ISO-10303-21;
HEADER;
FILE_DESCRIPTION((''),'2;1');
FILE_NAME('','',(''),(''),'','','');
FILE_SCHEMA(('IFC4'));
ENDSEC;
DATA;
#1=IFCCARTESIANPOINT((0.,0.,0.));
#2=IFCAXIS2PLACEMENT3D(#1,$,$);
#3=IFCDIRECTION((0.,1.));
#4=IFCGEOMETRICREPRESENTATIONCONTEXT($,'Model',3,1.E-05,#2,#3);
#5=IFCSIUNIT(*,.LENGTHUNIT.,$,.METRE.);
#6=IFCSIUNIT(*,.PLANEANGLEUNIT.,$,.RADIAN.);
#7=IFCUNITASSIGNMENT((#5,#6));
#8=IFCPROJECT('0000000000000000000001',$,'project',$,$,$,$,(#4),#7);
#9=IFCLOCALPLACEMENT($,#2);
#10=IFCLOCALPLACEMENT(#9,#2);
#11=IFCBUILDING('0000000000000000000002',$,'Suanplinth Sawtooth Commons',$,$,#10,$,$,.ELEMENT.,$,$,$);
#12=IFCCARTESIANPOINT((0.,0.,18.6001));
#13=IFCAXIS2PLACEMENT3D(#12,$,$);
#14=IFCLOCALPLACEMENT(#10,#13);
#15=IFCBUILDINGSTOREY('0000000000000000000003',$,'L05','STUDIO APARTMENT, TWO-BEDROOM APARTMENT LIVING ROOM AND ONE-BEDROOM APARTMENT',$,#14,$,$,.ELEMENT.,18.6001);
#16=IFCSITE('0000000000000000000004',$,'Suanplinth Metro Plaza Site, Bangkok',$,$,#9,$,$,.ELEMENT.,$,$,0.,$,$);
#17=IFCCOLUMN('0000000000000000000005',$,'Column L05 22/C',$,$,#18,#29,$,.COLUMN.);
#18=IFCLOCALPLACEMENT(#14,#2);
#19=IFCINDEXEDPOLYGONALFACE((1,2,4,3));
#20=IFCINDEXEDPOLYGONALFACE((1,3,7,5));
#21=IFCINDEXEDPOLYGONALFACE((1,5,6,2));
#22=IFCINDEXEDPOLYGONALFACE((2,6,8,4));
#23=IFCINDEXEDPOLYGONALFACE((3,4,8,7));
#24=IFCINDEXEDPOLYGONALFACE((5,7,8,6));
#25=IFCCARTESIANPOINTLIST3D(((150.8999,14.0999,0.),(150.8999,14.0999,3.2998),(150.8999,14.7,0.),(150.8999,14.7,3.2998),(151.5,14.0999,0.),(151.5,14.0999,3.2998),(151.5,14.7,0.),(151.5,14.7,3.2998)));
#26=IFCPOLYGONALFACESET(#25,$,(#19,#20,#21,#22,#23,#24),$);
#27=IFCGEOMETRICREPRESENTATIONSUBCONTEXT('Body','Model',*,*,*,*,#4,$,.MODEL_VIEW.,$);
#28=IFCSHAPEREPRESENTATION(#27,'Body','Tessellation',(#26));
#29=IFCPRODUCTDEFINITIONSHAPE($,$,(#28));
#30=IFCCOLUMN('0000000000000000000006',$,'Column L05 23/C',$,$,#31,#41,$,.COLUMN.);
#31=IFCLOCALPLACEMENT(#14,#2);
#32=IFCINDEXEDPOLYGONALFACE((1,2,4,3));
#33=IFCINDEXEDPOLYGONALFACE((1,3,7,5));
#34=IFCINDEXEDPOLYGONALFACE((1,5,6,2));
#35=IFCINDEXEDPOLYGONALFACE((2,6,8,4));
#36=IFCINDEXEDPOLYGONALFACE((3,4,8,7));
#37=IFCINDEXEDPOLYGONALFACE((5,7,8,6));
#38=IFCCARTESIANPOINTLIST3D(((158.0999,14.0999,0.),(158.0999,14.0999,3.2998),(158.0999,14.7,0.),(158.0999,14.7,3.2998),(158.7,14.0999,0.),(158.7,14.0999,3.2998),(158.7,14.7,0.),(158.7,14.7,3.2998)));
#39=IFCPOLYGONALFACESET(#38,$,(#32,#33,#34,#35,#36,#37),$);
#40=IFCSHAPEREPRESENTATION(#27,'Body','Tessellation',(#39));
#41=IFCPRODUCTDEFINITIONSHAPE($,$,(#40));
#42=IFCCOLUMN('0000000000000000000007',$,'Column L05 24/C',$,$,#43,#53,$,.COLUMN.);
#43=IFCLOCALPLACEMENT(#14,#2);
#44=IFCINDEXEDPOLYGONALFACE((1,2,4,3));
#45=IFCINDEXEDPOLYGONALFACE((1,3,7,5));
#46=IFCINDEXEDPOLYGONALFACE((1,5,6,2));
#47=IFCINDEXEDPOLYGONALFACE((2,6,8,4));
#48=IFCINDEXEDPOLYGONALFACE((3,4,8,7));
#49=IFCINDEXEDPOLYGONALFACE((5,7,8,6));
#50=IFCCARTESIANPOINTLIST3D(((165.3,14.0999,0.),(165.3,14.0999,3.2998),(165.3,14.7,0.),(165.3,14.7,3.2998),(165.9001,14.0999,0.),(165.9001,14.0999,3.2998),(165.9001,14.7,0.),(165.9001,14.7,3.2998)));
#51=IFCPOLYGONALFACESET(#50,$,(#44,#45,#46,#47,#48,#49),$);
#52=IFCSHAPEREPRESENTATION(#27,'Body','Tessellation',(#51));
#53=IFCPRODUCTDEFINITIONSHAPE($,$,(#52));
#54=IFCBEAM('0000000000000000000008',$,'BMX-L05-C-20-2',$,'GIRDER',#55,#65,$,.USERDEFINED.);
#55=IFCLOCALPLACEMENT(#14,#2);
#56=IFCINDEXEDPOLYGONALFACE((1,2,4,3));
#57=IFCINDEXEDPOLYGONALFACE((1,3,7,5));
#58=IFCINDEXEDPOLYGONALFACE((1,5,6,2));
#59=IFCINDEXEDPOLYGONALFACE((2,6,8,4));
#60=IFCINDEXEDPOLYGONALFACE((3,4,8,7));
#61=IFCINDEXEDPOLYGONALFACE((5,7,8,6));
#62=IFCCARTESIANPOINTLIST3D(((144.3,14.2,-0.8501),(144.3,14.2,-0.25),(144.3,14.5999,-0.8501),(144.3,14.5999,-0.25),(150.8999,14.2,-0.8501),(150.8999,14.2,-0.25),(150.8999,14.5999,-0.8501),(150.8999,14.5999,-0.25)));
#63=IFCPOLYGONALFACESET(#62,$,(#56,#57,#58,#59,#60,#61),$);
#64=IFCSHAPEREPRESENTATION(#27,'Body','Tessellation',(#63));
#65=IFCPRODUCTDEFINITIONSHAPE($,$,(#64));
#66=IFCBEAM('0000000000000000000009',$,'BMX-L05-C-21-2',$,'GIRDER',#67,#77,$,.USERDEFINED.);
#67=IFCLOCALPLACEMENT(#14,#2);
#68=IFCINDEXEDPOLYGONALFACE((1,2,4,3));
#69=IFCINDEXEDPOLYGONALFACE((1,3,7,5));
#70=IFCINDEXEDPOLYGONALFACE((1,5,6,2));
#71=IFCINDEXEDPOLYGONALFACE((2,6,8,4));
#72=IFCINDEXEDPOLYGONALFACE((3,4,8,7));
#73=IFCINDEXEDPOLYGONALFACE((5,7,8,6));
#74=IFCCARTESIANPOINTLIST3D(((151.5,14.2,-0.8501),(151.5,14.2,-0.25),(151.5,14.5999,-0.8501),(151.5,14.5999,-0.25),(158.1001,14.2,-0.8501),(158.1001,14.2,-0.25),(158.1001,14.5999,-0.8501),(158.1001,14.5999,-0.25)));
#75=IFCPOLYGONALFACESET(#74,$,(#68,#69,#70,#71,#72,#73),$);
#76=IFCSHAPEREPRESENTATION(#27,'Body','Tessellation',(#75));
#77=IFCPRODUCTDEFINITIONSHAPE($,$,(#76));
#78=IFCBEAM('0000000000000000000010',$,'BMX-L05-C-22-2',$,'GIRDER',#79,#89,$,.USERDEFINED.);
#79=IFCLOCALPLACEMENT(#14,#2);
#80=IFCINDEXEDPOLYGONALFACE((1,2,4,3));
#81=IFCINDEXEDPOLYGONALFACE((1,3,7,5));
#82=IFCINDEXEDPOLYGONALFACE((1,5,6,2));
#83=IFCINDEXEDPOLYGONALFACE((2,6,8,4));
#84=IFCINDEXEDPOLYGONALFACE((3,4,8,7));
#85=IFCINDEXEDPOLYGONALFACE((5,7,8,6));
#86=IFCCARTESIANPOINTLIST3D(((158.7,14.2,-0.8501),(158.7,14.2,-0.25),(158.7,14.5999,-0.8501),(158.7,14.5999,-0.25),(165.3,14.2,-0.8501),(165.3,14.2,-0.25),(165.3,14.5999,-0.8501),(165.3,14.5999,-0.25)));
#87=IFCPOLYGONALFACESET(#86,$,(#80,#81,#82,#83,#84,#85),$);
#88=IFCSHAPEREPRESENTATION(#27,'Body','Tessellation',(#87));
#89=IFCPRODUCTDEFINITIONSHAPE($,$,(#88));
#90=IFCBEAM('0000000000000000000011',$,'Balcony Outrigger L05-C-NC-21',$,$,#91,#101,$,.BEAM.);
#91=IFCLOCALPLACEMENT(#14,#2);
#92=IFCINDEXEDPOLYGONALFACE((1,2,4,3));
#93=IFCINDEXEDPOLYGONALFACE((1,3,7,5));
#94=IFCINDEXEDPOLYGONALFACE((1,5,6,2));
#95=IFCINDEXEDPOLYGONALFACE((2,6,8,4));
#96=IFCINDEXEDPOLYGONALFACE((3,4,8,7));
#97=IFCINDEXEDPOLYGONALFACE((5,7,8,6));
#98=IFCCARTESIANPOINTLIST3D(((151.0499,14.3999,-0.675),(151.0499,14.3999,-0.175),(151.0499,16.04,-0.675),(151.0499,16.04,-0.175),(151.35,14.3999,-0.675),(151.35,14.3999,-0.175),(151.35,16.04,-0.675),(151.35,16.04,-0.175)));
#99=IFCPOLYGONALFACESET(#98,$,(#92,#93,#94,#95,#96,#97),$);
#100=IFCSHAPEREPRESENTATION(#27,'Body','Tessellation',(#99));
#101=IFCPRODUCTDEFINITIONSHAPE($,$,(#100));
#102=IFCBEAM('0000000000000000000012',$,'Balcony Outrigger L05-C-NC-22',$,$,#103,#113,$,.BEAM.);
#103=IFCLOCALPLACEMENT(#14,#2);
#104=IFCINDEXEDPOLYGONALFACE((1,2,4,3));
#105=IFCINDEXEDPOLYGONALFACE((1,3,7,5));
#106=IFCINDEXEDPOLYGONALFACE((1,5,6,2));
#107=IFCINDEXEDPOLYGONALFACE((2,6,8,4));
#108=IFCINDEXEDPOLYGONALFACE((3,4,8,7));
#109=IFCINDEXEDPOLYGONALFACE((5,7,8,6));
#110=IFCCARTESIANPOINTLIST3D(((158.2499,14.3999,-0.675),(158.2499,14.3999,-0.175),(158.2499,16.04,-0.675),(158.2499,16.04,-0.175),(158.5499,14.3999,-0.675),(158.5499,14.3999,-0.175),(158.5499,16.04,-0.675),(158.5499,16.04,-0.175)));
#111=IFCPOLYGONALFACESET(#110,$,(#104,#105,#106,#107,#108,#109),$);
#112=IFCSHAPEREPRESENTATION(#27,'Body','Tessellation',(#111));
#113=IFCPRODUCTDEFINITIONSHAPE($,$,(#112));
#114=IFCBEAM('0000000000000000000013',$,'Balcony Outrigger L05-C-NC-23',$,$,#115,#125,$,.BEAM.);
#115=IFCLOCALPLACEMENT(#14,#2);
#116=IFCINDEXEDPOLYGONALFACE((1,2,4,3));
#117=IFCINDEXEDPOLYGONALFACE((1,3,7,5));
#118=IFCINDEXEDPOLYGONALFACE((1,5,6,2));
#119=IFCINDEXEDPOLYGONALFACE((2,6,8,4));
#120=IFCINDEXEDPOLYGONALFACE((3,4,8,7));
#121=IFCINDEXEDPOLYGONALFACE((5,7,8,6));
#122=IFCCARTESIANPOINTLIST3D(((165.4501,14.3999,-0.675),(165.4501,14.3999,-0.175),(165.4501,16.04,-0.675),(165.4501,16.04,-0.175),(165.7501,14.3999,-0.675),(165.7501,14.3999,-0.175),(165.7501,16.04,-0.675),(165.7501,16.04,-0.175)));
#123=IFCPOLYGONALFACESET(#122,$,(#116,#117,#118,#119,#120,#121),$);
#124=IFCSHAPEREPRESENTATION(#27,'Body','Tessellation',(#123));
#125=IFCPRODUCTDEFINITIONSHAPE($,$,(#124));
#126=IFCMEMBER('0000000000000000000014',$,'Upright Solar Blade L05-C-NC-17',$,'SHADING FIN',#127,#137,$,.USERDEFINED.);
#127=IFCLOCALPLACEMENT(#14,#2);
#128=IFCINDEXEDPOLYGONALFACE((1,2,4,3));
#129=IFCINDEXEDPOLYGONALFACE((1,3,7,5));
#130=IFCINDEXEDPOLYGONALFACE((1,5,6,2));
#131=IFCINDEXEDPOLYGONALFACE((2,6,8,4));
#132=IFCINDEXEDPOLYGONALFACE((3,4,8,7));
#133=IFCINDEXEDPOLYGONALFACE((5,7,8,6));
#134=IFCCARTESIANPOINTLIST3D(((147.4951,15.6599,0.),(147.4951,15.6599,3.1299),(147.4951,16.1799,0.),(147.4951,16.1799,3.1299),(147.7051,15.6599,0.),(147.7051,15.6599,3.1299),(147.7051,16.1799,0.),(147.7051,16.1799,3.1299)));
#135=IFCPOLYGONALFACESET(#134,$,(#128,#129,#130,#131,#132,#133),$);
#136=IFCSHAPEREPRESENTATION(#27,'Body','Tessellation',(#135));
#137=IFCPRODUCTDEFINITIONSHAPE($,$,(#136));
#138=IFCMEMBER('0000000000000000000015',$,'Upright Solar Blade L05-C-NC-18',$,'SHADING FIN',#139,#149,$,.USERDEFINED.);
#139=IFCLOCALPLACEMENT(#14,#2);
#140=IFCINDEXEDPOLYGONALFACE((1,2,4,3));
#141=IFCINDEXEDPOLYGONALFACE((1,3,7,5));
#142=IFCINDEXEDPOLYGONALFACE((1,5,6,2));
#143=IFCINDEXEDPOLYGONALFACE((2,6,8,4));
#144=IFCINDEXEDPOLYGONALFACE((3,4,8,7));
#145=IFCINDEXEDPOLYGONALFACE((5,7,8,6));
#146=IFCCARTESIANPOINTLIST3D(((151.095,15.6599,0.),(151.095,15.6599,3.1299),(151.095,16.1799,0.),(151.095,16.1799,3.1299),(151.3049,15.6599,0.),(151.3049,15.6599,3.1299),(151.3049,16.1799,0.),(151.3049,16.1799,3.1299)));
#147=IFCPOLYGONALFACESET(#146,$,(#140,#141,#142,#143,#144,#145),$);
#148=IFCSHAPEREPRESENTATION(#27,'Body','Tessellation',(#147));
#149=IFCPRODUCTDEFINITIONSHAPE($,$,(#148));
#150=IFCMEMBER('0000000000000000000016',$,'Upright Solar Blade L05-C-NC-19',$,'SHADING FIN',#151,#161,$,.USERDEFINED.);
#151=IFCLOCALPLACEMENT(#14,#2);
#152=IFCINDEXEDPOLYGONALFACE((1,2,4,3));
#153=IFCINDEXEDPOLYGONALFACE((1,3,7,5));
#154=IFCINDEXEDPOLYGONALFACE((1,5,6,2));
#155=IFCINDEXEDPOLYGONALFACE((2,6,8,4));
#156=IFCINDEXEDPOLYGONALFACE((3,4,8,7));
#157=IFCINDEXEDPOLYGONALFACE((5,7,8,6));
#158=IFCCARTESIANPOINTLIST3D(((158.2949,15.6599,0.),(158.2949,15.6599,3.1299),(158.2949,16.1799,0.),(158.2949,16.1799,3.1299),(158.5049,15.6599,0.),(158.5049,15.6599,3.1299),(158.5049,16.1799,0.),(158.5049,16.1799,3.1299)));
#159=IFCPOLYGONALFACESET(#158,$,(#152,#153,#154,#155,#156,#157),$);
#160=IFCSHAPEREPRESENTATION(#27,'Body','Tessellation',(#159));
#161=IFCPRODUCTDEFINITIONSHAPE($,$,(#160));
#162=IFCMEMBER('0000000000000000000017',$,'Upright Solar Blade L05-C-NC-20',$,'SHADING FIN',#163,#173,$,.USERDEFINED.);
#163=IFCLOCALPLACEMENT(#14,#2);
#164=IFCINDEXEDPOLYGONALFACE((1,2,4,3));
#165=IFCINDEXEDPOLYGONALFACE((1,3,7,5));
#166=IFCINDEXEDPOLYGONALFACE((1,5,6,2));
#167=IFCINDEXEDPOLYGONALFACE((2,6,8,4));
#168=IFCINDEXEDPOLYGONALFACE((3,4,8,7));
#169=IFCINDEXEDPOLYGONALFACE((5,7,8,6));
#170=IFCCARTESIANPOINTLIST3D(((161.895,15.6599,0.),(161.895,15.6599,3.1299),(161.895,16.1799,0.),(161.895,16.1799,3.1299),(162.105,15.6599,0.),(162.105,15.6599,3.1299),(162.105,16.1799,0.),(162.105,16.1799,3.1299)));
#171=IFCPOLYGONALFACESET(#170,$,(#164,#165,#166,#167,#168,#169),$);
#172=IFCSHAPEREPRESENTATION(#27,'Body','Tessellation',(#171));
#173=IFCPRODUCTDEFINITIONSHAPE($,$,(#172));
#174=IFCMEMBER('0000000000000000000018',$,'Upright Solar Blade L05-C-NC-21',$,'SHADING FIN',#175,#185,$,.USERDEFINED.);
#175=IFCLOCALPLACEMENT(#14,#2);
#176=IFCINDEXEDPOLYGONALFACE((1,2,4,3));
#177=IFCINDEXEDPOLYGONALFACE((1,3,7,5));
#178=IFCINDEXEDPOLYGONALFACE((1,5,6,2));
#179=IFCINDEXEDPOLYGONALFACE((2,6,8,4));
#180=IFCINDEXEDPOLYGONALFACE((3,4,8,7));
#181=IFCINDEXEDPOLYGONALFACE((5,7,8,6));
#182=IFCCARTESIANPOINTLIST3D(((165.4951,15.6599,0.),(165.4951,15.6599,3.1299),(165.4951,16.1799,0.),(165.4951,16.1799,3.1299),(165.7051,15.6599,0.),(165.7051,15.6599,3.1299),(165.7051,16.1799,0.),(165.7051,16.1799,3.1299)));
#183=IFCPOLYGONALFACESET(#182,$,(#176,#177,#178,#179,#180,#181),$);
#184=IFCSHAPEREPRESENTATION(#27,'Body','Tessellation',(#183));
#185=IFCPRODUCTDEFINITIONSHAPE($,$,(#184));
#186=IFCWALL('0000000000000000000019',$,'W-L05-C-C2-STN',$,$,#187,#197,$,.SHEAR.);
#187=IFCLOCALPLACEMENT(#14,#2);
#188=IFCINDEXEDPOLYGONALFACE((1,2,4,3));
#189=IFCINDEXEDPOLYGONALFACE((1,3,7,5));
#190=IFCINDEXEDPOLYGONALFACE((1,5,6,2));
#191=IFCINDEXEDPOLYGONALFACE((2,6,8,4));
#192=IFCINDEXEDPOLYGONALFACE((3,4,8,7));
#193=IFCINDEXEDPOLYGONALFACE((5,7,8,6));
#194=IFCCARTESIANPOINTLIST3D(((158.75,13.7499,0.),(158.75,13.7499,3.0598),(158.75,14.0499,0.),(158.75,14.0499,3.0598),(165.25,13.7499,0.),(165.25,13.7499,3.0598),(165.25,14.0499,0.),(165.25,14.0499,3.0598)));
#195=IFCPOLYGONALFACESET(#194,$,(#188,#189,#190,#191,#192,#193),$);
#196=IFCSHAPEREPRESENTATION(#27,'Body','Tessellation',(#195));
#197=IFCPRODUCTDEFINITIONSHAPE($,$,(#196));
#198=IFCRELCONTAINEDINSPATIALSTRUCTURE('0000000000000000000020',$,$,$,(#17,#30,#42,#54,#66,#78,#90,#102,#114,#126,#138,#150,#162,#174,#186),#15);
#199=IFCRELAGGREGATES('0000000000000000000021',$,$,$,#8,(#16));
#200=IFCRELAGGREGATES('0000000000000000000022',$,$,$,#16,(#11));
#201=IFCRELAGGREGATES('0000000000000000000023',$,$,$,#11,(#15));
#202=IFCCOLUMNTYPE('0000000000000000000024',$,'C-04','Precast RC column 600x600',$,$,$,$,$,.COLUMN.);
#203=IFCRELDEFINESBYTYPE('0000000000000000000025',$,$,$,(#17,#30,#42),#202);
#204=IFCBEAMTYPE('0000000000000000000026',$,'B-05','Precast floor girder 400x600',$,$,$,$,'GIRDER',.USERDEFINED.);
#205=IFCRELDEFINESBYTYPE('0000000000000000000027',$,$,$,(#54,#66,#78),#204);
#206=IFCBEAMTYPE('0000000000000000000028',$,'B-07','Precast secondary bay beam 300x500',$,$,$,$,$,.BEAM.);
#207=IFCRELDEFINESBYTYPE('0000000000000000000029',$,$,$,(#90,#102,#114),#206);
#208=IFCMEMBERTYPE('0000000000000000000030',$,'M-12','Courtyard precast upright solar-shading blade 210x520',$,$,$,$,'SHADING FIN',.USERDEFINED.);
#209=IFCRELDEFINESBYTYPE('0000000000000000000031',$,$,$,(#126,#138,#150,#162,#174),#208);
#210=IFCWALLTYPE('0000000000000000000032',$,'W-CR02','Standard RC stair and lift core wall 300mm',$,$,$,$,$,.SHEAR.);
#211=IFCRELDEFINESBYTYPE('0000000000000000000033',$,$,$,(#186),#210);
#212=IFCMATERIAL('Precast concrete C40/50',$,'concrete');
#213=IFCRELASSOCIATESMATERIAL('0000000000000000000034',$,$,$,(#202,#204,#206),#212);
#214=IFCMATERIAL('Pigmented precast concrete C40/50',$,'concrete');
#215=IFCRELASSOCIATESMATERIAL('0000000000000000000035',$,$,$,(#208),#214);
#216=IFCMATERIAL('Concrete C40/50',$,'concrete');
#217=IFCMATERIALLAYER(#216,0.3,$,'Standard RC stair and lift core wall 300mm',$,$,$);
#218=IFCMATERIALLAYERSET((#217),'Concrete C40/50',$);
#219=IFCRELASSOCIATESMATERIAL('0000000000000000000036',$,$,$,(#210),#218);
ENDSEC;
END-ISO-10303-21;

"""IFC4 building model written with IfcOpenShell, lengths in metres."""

from ifc_helpers import new_model, si_unit, direction, frame, frame_2d, origin, origin_2d, place, context, subcontext, project, spatial, rectangle, extrude, material, layer, layer_set, material_profile, profile_set, type_object, element, save


model = new_model("IFC4")

# Units and contexts
model_context = context("Model", 3, precision=1e-05, world=origin(), true_north=direction((0.0, 1.0)))
body_context = subcontext(model_context, "Body", "Model", "MODEL_VIEW")
ifc_project = project(units=[si_unit("LENGTHUNIT", "METRE"), si_unit("PLANEANGLEUNIT", "RADIAN")], contexts=[model_context])

# Site, building, storey
site_placement = place(None, origin())
site = spatial("IfcSite", under=ifc_project, at=site_placement, Name="Suanplinth Metro Plaza Site, Bangkok", CompositionType="ELEMENT", RefElevation=0.0)
building_placement = place(site_placement, origin())
building = spatial("IfcBuilding", under=site, at=building_placement, Name="Suanplinth Sawtooth Commons", CompositionType="ELEMENT")
storey_placement = place(building_placement, frame((0.0, 0.0, 18.6001)))
storey = spatial("IfcBuildingStorey", under=building, at=storey_placement, Name="L05", Description="STUDIO APARTMENT, TWO-BEDROOM APARTMENT LIVING ROOM AND ONE-BEDROOM APARTMENT", CompositionType="ELEMENT", Elevation=18.6001)

# Columns
ifc_material_1 = material(Name="Precast concrete C40/50", Category="concrete")
ifc_material_profile_1 = material_profile(ifc_material_1, rectangle(XDim=0.6001, YDim=0.6001, at=origin_2d()), Name="PC-COL 600x600")
ifc_profile_set_1 = profile_set([ifc_material_profile_1], Name="Precast concrete C40/50")
column_type = type_object("IfcColumnType", Name="C-04", Description="Precast RC column 600x600", PredefinedType="COLUMN", material=ifc_profile_set_1)
for number, where, z_axis, x_axis, name in (
    (1, (151.2, 14.3999, 0.0), (0.0, 0.0, 1.0), (1.0, 0.0, 0.0), "Column L05 22/C"),
    (2, (158.3999, 14.3999, 0.0), (0.0, 0.0, 1.0), (1.0, 0.0, 0.0), "Column L05 23/C"),
    (3, (165.6001, 14.3999, 0.0), (0.0, 0.0, 1.0), (1.0, 0.0, 0.0), "Column L05 24/C"),
):
    element("IfcColumn", number, at=place(storey_placement, frame(where, z_axis=z_axis, x_axis=x_axis)), inside=storey, type_object=column_type, Name=name, PredefinedType="COLUMN", context=body_context, shape_type="SweptSolid", body=[
        extrude(rectangle(XDim=0.6001, YDim=0.6001, at=origin_2d()), origin(), (0.0, 0.0, 1.0), 3.2998),
    ])

# Beams
ifc_material_profile_2 = material_profile(ifc_material_1, rectangle(XDim=0.3999, YDim=0.6001, at=origin_2d()), Name="PC-GDR 400x600")
ifc_profile_set_2 = profile_set([ifc_material_profile_2], Name="Precast concrete C40/50")
beam_type_1 = type_object("IfcBeamType", Name="B-05", Description="Precast floor girder 400x600", ElementType="GIRDER", PredefinedType="USERDEFINED", material=ifc_profile_set_2)
beam_placement = place(storey_placement, frame((144.3, 14.3999, -0.55), z_axis=(1.0, 0.0, 0.0), x_axis=(0.0, 1.0, 0.0)))
element("IfcBeam", 4, at=beam_placement, inside=storey, type_object=beam_type_1, Name="BMX-L05-C-20-2", ObjectType="GIRDER", PredefinedType="USERDEFINED", context=body_context, shape_type="SweptSolid", body=[
    extrude(rectangle(XDim=0.3999, YDim=0.6001, at=origin_2d()), origin(), (0.0, 0.0, 1.0), 6.5999),
])
for number, where, z_axis, x_axis, name in (
    (5, (151.5, 14.3999, -0.55), (1.0, 0.0, 0.0), (0.0, 1.0, 0.0), "BMX-L05-C-21-2"),
    (6, (158.7, 14.3999, -0.55), (1.0, 0.0, 0.0), (0.0, 1.0, 0.0), "BMX-L05-C-22-2"),
):
    element("IfcBeam", number, at=place(storey_placement, frame(where, z_axis=z_axis, x_axis=x_axis)), inside=storey, type_object=beam_type_1, Name=name, ObjectType="GIRDER", PredefinedType="USERDEFINED", context=body_context, shape_type="SweptSolid", body=[
        extrude(rectangle(XDim=0.3999, YDim=0.6001, at=origin_2d()), origin(), (0.0, 0.0, 1.0), 6.6001),
    ])
ifc_material_profile_3 = material_profile(ifc_material_1, rectangle(XDim=0.3, YDim=0.5, at=origin_2d()), Name="PC-BM 300x500")
ifc_profile_set_3 = profile_set([ifc_material_profile_3], Name="Precast concrete C40/50")
beam_type_2 = type_object("IfcBeamType", Name="B-07", Description="Precast secondary bay beam 300x500", PredefinedType="BEAM", material=ifc_profile_set_3)
for number, where, z_axis, x_axis, name in (
    (7, (151.2, 14.3999, -0.425), (0.0, 1.0, 0.0), (-1.0, 0.0, 0.0), "Balcony Outrigger L05-C-NC-21"),
    (8, (158.3999, 14.3999, -0.425), (0.0, 1.0, 0.0), (-1.0, 0.0, 0.0), "Balcony Outrigger L05-C-NC-22"),
    (9, (165.6001, 14.3999, -0.425), (0.0, 1.0, 0.0), (-1.0, 0.0, 0.0), "Balcony Outrigger L05-C-NC-23"),
):
    element("IfcBeam", number, at=place(storey_placement, frame(where, z_axis=z_axis, x_axis=x_axis)), inside=storey, type_object=beam_type_2, Name=name, PredefinedType="BEAM", context=body_context, shape_type="SweptSolid", body=[
        extrude(rectangle(XDim=0.3, YDim=0.5, at=origin_2d()), origin(), (0.0, 0.0, 1.0), 1.6401),
    ])

# Members
ifc_material_2 = material(Name="Pigmented precast concrete C40/50", Category="concrete")
ifc_material_profile_4 = material_profile(ifc_material_2, rectangle(XDim=0.21, YDim=0.52, at=origin_2d()), Name="PC-FIN 210x520")
ifc_profile_set_4 = profile_set([ifc_material_profile_4], Name="Pigmented precast concrete C40/50")
member_type = type_object("IfcMemberType", Name="M-12", Description="Courtyard precast upright solar-shading blade 210x520", ElementType="SHADING FIN", PredefinedType="USERDEFINED", material=ifc_profile_set_4)
for number, where, z_axis, x_axis, name in (
    (10, (147.6001, 15.9199, 0.0), (0.0, 0.0, 1.0), (1.0, 0.0, 0.0), "Upright Solar Blade L05-C-NC-17"),
    (11, (151.2, 15.9199, 0.0), (0.0, 0.0, 1.0), (1.0, 0.0, 0.0), "Upright Solar Blade L05-C-NC-18"),
    (12, (158.3999, 15.9199, 0.0), (0.0, 0.0, 1.0), (1.0, 0.0, 0.0), "Upright Solar Blade L05-C-NC-19"),
    (13, (162.0, 15.9199, 0.0), (0.0, 0.0, 1.0), (1.0, 0.0, 0.0), "Upright Solar Blade L05-C-NC-20"),
    (14, (165.6001, 15.9199, 0.0), (0.0, 0.0, 1.0), (1.0, 0.0, 0.0), "Upright Solar Blade L05-C-NC-21"),
):
    element("IfcMember", number, at=place(storey_placement, frame(where, z_axis=z_axis, x_axis=x_axis)), inside=storey, type_object=member_type, Name=name, ObjectType="SHADING FIN", PredefinedType="USERDEFINED", context=body_context, shape_type="SweptSolid", body=[
        extrude(rectangle(XDim=0.21, YDim=0.52, at=origin_2d()), origin(), (0.0, 0.0, 1.0), 3.1299),
    ])

# Wall
ifc_material_3 = material(Name="Concrete C40/50", Category="concrete")
ifc_layer_1 = layer(ifc_material_3, 0.3, Name="Standard RC stair and lift core wall 300mm")
ifc_layer_set_1 = layer_set([ifc_layer_1], Name="Concrete C40/50")
wall_type_1 = type_object("IfcWallType", Name="W-CR02", Description="Standard RC stair and lift core wall 300mm", PredefinedType="SHEAR", material=ifc_layer_set_1)
wall_1_placement = place(storey_placement, frame((158.75, 13.8999, 0.0), z_axis=(0.0, 0.0, 1.0), x_axis=(1.0, 0.0, 0.0)))
element("IfcWall", 15, at=wall_1_placement, inside=storey, type_object=wall_type_1, Name="W-L05-C-C2-STN", PredefinedType="SHEAR", context=body_context, shape_type="SweptSolid", body=[
    extrude(rectangle(XDim=6.5, YDim=0.3, at=frame_2d((3.25, 0.0))), origin(), (0.0, 0.0, 1.0), 3.0598),
])

save(model, "model.ifc")
